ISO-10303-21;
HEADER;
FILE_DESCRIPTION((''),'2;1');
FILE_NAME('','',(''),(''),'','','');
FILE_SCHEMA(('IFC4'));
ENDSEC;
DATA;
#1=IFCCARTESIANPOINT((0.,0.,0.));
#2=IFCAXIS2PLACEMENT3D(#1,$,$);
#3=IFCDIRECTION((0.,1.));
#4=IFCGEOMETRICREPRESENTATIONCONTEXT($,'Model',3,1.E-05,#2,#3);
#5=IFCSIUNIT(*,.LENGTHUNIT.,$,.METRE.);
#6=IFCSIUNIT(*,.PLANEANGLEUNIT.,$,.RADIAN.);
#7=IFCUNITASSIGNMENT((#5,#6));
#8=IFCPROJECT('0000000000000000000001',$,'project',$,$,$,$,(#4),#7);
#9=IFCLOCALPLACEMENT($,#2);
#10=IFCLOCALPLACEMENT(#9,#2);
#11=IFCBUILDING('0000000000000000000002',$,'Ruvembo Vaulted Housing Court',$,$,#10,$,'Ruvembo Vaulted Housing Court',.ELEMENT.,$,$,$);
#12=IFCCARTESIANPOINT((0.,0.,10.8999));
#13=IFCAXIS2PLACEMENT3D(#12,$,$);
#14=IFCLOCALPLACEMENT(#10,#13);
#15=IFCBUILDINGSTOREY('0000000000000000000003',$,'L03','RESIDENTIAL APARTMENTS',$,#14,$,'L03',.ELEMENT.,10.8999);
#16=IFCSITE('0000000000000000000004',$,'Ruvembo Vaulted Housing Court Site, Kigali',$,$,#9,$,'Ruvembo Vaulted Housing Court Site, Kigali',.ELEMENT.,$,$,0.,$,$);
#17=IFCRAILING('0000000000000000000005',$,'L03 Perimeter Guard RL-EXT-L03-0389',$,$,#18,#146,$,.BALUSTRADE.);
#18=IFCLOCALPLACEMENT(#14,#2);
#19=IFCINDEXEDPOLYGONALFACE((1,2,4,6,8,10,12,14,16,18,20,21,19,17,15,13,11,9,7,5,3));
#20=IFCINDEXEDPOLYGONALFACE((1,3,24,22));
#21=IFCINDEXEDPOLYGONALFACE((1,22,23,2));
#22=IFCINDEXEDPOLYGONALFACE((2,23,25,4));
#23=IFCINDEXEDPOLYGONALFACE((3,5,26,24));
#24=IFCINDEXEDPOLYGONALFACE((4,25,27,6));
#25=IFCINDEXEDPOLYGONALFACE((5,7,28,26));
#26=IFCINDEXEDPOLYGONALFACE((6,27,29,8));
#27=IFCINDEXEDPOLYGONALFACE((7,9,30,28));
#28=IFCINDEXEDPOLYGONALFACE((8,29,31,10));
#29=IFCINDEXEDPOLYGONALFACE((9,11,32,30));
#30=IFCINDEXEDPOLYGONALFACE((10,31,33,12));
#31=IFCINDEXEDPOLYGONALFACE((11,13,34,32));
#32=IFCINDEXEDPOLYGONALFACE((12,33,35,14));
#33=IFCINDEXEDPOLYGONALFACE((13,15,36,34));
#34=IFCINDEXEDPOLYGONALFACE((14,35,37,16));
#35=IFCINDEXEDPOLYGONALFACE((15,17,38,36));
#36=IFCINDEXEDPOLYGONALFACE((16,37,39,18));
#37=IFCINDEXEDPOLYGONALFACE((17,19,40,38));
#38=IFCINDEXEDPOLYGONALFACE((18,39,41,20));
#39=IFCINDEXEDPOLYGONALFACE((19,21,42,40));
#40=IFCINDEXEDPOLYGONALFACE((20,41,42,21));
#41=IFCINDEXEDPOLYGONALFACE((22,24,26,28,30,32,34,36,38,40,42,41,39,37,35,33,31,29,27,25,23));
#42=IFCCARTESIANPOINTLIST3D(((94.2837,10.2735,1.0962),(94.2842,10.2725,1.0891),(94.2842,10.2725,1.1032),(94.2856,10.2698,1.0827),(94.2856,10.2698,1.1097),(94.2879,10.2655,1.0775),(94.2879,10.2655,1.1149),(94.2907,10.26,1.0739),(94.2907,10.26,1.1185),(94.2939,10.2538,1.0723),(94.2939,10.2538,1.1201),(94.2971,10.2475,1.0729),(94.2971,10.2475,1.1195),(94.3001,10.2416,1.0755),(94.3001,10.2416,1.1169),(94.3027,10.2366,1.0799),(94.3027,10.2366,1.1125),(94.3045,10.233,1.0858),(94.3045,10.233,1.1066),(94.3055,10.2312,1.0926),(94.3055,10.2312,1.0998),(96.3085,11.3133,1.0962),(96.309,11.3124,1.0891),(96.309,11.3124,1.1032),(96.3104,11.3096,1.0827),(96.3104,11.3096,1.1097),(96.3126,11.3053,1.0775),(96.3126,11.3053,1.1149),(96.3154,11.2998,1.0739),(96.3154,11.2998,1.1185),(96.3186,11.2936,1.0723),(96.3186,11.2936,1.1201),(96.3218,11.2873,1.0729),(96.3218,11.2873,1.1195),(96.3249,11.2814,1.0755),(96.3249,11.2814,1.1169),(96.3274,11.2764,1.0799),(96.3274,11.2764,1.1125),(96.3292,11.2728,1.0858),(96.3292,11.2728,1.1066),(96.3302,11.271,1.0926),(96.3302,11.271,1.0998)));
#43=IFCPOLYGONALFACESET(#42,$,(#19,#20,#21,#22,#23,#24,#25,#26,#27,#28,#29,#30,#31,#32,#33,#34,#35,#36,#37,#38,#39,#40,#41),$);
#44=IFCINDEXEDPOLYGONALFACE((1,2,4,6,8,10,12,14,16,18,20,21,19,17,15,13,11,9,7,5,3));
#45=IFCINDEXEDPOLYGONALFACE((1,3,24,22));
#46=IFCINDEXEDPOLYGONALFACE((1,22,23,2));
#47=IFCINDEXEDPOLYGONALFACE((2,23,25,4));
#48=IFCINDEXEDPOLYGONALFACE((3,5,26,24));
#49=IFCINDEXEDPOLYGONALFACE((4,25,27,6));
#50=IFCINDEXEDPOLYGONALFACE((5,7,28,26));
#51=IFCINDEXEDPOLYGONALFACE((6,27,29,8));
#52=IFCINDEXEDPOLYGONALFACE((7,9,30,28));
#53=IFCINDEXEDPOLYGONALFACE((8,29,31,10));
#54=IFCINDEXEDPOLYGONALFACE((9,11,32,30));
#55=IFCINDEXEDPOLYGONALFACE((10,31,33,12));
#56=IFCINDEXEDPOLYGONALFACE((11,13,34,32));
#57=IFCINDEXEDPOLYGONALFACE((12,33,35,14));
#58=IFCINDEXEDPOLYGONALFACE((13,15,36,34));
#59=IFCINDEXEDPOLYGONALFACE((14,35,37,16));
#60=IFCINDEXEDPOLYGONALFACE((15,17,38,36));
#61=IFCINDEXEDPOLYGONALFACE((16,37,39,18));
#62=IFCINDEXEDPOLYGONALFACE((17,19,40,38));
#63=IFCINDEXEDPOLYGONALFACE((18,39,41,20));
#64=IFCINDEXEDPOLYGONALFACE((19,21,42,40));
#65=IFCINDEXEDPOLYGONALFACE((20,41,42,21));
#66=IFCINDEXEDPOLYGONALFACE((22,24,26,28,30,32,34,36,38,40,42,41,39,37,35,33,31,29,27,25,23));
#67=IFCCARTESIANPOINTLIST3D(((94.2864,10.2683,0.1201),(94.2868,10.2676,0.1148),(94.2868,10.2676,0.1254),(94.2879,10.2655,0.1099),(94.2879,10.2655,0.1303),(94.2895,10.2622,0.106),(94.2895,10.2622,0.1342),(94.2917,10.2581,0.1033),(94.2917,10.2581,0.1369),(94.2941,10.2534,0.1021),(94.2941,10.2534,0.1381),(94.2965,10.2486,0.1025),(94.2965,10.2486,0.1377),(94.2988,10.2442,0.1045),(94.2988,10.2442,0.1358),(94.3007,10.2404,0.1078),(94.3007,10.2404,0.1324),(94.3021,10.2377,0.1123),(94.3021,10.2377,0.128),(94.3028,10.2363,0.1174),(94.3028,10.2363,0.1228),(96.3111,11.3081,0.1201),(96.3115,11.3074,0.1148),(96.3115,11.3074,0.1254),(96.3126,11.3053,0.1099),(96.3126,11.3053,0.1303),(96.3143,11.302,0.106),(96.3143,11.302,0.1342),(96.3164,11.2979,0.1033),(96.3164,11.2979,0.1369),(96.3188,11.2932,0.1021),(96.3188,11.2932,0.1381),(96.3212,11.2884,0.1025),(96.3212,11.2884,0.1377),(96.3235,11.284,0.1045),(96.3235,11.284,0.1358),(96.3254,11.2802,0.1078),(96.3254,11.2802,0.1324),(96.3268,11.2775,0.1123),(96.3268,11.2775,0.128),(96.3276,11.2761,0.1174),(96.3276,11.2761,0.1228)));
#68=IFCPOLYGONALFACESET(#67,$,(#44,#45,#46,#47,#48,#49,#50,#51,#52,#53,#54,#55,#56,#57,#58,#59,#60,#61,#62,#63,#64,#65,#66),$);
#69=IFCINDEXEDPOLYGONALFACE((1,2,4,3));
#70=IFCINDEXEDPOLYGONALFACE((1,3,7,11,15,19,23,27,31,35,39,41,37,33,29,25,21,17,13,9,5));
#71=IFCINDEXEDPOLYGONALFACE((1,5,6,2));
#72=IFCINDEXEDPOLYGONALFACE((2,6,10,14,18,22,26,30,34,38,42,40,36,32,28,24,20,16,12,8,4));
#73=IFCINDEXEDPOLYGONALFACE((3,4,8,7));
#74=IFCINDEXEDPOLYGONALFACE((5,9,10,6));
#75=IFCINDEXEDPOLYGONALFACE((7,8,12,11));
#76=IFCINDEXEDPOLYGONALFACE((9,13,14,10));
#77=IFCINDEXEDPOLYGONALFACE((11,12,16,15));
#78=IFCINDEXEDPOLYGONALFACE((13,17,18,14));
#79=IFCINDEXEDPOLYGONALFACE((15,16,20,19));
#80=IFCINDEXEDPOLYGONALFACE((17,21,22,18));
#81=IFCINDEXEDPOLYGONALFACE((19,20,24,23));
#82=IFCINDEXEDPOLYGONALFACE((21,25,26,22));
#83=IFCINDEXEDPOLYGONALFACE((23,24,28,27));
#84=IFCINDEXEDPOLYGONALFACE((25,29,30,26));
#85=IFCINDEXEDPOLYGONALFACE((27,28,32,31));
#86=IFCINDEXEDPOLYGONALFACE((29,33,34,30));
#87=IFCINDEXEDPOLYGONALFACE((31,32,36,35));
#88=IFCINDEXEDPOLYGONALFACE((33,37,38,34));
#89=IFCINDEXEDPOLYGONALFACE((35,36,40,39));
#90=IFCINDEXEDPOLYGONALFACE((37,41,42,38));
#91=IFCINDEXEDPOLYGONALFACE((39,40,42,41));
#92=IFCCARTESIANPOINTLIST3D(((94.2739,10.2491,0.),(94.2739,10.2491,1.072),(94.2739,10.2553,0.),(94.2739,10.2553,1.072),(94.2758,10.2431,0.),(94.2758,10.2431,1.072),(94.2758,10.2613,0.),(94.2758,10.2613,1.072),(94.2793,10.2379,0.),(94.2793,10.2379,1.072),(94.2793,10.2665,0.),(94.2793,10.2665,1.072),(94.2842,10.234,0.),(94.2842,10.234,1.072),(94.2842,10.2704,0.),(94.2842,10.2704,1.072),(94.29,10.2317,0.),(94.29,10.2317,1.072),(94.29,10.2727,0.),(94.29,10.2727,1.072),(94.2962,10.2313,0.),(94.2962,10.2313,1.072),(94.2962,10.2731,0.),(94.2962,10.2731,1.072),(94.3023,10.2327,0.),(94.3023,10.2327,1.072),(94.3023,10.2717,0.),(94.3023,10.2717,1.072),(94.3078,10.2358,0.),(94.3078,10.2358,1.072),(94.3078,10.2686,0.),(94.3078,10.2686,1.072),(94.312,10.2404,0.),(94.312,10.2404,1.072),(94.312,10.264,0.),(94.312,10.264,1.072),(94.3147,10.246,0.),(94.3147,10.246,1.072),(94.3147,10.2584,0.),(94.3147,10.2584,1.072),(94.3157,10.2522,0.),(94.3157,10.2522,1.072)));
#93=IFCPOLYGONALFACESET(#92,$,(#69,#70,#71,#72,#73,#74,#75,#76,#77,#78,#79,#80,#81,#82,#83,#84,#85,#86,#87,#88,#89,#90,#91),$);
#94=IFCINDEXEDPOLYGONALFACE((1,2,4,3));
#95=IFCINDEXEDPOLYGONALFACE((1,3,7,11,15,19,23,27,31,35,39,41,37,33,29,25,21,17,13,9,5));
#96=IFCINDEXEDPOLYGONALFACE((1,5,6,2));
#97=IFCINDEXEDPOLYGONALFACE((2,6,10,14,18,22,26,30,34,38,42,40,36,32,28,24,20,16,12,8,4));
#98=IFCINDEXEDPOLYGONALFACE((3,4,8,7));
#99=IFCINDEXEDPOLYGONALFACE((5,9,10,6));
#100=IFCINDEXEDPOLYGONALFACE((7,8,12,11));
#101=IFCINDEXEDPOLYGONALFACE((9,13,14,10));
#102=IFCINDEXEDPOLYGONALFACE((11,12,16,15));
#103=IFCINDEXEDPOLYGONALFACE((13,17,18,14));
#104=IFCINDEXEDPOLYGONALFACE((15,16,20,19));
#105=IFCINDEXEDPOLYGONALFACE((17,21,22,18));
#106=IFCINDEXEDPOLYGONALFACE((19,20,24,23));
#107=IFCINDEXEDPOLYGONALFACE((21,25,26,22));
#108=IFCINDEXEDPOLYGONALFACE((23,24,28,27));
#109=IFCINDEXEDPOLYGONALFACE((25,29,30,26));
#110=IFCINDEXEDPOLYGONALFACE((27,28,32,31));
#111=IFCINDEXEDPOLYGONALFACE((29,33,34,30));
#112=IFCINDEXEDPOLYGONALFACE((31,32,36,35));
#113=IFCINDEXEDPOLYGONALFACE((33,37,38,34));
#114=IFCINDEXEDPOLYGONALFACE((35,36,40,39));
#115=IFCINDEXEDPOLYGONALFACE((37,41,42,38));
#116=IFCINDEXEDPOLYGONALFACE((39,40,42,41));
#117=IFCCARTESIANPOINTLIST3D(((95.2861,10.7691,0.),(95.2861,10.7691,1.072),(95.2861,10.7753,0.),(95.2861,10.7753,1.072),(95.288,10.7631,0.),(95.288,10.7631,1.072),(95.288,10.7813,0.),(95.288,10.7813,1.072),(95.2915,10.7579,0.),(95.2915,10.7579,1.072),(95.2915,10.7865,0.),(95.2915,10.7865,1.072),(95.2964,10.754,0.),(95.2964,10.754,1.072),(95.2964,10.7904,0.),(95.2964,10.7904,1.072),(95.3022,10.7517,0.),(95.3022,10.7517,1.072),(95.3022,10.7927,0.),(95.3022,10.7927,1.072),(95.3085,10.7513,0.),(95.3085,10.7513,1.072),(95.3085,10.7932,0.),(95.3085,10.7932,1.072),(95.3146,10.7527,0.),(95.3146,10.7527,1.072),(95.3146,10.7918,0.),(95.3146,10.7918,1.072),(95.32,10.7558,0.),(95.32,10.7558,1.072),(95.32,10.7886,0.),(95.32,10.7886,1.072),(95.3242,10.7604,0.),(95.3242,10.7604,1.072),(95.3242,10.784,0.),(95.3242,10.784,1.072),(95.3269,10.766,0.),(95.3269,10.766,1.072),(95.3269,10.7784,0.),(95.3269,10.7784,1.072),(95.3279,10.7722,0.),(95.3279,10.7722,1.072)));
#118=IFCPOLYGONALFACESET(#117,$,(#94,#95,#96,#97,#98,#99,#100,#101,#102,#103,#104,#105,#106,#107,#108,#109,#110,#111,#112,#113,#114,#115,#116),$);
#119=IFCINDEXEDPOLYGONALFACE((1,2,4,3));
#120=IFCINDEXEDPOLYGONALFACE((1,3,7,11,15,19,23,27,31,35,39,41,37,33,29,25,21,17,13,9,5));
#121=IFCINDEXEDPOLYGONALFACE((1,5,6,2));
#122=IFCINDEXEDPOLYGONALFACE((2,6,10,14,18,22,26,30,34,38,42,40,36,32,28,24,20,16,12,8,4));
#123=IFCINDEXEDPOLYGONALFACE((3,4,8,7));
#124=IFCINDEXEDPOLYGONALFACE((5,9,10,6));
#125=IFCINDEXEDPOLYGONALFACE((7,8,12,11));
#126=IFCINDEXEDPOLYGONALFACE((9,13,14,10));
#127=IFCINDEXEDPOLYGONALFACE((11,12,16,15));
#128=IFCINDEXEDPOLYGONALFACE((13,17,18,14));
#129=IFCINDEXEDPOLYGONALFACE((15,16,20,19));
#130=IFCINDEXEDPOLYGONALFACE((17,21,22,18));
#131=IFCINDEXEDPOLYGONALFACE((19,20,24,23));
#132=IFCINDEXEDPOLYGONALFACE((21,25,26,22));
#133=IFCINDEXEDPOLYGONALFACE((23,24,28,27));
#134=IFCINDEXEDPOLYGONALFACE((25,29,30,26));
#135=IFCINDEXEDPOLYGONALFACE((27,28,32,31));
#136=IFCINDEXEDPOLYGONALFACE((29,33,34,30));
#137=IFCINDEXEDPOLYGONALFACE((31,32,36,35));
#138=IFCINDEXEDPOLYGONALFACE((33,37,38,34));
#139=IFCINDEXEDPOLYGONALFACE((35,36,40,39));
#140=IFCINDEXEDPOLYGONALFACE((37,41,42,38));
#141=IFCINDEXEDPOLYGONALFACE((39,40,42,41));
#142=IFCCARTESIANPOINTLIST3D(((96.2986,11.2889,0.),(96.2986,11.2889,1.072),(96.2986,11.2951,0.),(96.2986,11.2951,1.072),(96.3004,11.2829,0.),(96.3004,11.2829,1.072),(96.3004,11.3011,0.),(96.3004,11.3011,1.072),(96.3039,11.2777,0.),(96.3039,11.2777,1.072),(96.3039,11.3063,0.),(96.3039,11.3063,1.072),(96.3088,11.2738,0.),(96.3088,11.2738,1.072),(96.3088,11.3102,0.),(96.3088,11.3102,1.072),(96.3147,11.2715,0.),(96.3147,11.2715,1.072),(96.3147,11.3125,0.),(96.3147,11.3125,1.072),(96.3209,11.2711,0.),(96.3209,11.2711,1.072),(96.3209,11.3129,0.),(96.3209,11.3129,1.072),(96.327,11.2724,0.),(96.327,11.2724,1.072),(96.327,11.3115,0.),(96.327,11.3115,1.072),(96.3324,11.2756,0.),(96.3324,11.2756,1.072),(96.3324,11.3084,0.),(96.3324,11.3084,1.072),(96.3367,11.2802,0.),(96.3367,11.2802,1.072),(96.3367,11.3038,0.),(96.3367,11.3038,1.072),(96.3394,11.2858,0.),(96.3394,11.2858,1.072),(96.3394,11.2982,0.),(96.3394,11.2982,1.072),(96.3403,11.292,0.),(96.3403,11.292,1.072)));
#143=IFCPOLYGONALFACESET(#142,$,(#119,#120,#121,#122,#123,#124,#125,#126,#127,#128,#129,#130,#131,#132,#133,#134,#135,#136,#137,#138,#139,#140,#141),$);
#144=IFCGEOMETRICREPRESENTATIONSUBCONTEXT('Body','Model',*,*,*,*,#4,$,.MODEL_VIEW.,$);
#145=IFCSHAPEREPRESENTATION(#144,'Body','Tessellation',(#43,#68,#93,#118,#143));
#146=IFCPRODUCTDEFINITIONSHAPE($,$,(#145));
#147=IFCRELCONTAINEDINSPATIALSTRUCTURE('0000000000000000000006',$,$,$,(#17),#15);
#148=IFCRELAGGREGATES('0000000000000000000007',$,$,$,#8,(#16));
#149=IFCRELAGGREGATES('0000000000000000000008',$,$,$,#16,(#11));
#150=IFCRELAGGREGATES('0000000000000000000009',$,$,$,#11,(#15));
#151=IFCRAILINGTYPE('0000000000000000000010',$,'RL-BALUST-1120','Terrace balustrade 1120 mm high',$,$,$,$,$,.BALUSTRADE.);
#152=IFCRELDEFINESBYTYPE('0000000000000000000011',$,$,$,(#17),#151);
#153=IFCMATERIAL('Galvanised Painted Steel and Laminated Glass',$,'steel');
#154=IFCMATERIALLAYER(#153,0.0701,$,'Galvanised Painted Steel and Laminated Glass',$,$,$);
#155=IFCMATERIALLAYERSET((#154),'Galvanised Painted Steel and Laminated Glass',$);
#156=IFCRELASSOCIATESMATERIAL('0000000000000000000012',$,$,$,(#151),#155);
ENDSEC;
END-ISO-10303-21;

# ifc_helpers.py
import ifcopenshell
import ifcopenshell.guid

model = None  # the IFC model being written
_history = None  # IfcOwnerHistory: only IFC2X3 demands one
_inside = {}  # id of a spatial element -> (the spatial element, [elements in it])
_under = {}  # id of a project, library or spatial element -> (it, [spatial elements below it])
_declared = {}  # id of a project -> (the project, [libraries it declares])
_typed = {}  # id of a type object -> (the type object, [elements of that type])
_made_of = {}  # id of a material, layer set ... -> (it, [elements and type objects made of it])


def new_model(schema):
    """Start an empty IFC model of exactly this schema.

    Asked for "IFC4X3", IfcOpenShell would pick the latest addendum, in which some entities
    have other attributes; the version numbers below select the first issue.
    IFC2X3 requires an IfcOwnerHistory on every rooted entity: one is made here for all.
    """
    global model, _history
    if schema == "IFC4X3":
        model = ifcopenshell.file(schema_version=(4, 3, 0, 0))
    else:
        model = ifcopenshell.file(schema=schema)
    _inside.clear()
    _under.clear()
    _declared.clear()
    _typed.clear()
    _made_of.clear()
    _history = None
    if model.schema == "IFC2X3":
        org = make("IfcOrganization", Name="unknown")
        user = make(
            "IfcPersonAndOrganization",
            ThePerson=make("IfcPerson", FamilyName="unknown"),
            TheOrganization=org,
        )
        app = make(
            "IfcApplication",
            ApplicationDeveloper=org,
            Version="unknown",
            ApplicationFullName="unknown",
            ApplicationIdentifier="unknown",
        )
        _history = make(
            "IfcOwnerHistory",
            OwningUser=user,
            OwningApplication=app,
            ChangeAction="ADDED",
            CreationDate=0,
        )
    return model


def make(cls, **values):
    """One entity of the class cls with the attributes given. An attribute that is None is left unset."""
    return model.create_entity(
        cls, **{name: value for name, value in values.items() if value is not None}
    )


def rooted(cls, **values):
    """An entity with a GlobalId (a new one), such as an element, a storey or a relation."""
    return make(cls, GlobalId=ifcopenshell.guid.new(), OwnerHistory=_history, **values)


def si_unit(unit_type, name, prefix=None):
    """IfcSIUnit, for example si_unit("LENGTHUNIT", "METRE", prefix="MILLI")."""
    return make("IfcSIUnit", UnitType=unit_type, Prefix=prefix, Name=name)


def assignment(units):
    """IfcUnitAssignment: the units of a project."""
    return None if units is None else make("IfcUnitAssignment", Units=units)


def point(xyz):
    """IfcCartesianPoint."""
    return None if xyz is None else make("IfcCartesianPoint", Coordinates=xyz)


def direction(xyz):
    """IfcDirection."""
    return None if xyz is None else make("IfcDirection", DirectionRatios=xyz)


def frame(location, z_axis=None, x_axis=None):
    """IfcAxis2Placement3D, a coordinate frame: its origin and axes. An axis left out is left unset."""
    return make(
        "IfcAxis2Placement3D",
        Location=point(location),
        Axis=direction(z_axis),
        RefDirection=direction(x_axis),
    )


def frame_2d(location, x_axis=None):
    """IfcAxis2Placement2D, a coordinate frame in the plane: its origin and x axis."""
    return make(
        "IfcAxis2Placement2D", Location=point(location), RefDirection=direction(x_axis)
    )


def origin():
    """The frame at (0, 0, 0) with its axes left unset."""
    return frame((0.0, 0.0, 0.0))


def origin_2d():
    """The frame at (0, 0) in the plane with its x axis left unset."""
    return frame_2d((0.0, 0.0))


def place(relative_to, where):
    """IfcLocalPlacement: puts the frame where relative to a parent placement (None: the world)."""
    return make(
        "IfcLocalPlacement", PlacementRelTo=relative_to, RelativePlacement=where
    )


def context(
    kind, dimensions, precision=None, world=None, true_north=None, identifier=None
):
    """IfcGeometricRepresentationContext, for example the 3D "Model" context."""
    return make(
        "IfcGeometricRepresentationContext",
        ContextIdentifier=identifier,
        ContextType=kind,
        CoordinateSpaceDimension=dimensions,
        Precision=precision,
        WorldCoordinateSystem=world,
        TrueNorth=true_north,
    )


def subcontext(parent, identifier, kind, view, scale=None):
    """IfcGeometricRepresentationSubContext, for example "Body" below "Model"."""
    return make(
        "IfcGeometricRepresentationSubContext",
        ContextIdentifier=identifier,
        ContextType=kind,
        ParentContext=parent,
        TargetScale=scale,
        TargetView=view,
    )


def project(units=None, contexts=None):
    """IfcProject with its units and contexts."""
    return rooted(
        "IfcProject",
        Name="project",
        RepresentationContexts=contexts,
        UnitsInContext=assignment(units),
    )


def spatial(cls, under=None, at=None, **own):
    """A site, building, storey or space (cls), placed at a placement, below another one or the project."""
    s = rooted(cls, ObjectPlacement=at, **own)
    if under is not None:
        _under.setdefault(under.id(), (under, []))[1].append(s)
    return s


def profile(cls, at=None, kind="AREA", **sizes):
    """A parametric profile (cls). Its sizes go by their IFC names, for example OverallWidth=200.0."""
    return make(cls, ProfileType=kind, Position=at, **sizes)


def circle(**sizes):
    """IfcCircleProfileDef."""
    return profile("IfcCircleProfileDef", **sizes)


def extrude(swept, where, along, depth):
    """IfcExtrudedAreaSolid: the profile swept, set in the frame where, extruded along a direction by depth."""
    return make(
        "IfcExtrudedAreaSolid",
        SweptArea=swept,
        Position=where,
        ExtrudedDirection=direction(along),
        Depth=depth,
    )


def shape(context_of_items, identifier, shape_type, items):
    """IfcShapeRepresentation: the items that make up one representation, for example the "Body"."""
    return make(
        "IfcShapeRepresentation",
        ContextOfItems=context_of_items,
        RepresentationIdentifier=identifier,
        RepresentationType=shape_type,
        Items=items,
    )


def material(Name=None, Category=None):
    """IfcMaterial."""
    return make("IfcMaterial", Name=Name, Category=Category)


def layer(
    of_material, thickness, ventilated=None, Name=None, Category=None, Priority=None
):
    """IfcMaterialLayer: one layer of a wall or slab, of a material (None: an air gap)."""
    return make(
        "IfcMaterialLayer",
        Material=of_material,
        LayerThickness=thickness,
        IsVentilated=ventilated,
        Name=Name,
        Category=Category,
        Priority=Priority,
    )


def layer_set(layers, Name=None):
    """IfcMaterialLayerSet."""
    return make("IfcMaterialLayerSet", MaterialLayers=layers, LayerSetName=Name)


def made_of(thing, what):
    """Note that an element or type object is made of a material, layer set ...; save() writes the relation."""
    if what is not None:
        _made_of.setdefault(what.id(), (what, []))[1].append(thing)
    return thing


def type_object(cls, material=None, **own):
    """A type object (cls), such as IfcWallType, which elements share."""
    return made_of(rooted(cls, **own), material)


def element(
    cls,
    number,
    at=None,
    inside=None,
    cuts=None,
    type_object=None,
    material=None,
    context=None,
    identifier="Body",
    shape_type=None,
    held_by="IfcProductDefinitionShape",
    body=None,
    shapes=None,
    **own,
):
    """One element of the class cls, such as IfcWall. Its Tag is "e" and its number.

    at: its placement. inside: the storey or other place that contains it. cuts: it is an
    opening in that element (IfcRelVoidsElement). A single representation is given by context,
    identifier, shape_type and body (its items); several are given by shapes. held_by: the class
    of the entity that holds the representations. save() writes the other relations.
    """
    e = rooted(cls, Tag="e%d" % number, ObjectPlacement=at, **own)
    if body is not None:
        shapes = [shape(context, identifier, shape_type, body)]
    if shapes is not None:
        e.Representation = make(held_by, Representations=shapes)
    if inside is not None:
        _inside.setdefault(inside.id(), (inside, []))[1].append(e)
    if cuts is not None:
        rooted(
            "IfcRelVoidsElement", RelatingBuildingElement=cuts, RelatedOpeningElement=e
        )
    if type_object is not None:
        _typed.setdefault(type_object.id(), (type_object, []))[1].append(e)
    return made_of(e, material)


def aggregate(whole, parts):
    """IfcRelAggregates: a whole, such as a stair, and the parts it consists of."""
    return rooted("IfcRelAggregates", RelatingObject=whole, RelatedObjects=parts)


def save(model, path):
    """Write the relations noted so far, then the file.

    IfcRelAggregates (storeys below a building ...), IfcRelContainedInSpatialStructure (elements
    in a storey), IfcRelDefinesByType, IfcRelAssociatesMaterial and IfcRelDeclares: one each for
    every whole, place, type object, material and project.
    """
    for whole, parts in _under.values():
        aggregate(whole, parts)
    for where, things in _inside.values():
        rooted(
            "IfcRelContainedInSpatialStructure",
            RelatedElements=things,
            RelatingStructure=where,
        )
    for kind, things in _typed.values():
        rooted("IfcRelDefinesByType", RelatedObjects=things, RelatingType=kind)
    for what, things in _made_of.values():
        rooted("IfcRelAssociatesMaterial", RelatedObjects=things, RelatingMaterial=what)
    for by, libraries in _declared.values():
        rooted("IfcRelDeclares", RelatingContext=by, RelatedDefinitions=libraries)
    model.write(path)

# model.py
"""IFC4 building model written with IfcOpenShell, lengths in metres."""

from ifc_helpers import new_model, si_unit, direction, frame, origin, origin_2d, place, context, subcontext, project, spatial, circle, extrude, material, layer, layer_set, type_object, element, save


model = new_model("IFC4")

# Units and contexts
model_context = context("Model", 3, precision=1e-05, world=origin(), true_north=direction((0.0, 1.0)))
body_context = subcontext(model_context, "Body", "Model", "MODEL_VIEW")
ifc_project = project(units=[si_unit("LENGTHUNIT", "METRE"), si_unit("PLANEANGLEUNIT", "RADIAN")], contexts=[model_context])

# Site, building, storey
site_placement = place(None, origin())
site = spatial("IfcSite", under=ifc_project, at=site_placement, Name="Ruvembo Vaulted Housing Court Site, Kigali", LongName="Ruvembo Vaulted Housing Court Site, Kigali", CompositionType="ELEMENT", RefElevation=0.0)
building_placement = place(site_placement, origin())
building = spatial("IfcBuilding", under=site, at=building_placement, Name="Ruvembo Vaulted Housing Court", LongName="Ruvembo Vaulted Housing Court", CompositionType="ELEMENT")
storey_placement = place(building_placement, frame((0.0, 0.0, 10.8999)))
storey = spatial("IfcBuildingStorey", under=building, at=storey_placement, Name="L03", Description="RESIDENTIAL APARTMENTS", LongName="L03", CompositionType="ELEMENT", Elevation=10.8999)

# Railing
ifc_material_1 = material(Name="Galvanised Painted Steel and Laminated Glass", Category="steel")
ifc_layer_1 = layer(ifc_material_1, 0.0701, Name="Galvanised Painted Steel and Laminated Glass")
ifc_layer_set_1 = layer_set([ifc_layer_1], Name="Galvanised Painted Steel and Laminated Glass")
railing_type_1 = type_object("IfcRailingType", Name="RL-BALUST-1120", Description="Terrace balustrade 1120 mm high", PredefinedType="BALUSTRADE", material=ifc_layer_set_1)
railing_1_placement = place(storey_placement, frame((94.2947, 10.2522, 0.0)))
element("IfcRailing", 1, at=railing_1_placement, inside=storey, type_object=railing_type_1, Name="L03 Perimeter Guard RL-EXT-L03-0389", PredefinedType="BALUSTRADE", context=body_context, shape_type="SweptSolid", body=[
    extrude(circle(Radius=0.0239, at=origin_2d()), frame((0.0, 0.0, 1.0962), z_axis=(0.889548, 0.456841, 0.0), x_axis=(-0.456841, 0.889548, 0.0)), (0.0, 0.0, 1.0), 2.2761),
    extrude(circle(Radius=0.0181, at=origin_2d()), frame((0.0, 0.0, 0.1201), z_axis=(0.889548, 0.456841, 0.0), x_axis=(-0.456841, 0.889548, 0.0)), (0.0, 0.0, 1.0), 2.2761),
    extrude(circle(Radius=0.021, at=origin_2d()), origin(), (0.0, 0.0, 1.0), 1.072),
    extrude(circle(Radius=0.021, at=origin_2d()), frame((1.0122, 0.52, 0.0)), (0.0, 0.0, 1.0), 1.072),
    extrude(circle(Radius=0.021, at=origin_2d()), frame((2.0247, 1.0398, 0.0)), (0.0, 0.0, 1.0), 1.072),
])

save(model, "model.ifc")
